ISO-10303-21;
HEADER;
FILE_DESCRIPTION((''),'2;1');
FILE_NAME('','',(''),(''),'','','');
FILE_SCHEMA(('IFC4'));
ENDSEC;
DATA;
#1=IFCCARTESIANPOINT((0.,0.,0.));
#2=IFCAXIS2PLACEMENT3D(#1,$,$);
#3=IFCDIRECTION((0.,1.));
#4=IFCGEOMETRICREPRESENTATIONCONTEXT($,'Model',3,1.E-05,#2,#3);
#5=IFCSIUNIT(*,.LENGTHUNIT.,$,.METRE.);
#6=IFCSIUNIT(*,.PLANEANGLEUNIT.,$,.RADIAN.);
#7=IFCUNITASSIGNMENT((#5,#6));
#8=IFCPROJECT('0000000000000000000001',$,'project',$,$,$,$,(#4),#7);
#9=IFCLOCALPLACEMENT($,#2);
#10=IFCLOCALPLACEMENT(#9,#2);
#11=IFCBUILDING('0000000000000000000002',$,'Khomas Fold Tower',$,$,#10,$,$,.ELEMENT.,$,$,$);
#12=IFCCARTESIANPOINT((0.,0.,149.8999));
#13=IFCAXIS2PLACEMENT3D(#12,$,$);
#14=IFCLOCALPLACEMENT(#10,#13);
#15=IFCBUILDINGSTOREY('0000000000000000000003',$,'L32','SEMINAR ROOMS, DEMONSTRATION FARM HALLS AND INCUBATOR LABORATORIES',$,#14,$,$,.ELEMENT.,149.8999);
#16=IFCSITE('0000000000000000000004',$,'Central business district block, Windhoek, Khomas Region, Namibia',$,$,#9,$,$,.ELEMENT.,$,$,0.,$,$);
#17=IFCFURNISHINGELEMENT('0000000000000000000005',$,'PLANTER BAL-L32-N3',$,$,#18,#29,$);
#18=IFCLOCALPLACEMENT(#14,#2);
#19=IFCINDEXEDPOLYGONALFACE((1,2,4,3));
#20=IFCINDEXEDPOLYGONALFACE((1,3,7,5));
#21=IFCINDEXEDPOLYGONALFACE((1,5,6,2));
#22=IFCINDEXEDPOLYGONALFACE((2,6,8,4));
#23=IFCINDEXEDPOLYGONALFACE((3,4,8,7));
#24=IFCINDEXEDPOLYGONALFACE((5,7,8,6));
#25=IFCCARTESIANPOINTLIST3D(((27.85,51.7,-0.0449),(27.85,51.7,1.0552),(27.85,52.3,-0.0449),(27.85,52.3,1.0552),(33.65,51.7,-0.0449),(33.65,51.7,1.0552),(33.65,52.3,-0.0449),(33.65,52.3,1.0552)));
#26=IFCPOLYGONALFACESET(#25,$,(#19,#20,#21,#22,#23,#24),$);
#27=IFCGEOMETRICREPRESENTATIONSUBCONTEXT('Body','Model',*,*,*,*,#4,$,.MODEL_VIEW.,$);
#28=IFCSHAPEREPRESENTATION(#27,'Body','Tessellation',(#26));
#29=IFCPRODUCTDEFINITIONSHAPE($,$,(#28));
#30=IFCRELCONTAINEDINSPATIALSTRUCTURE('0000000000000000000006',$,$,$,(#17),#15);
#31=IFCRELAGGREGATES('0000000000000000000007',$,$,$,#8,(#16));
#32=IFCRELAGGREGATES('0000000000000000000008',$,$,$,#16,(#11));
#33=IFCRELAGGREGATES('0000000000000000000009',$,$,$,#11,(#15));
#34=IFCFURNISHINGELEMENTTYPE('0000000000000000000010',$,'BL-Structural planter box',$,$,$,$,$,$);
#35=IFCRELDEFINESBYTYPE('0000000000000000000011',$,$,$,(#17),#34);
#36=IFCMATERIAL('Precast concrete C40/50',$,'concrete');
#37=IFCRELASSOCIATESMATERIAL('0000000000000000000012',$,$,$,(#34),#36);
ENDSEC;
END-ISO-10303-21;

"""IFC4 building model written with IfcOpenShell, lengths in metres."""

from ifc_helpers import new_model, si_unit, direction, frame, origin, origin_2d, place, context, subcontext, project, spatial, rectangle, extrude, source, transform, mapped, material, type_object, element, save


model = new_model("IFC4")

# Units and contexts
model_context = context("Model", 3, precision=1e-05, world=origin(), true_north=direction((0.0, 1.0)))
body_context = subcontext(model_context, "Body", "Model", "MODEL_VIEW")
ifc_project = project(units=[si_unit("LENGTHUNIT", "METRE"), si_unit("PLANEANGLEUNIT", "RADIAN")], contexts=[model_context])

# Site, building, storey
site_placement = place(None, origin())
site = spatial("IfcSite", under=ifc_project, at=site_placement, Name="Central business district block, Windhoek, Khomas Region, Namibia", CompositionType="ELEMENT", RefElevation=0.0)
building_placement = place(site_placement, origin())
building = spatial("IfcBuilding", under=site, at=building_placement, Name="Khomas Fold Tower", CompositionType="ELEMENT")
storey_placement = place(building_placement, frame((0.0, 0.0, 149.8999)))
storey = spatial("IfcBuildingStorey", under=building, at=storey_placement, Name="L32", Description="SEMINAR ROOMS, DEMONSTRATION FARM HALLS AND INCUBATOR LABORATORIES", CompositionType="ELEMENT", Elevation=149.8999)

# Furnishing element
ifc_material_1 = material(Name="Precast concrete C40/50", Category="concrete")
furnishing_element_type_1 = type_object("IfcFurnishingElementType", Name="BL-Structural planter box", material=ifc_material_1)
shared_shape_1 = source(origin(), body_context, "Body", "SweptSolid", [
    extrude(rectangle(XDim=5.8, YDim=0.6001, at=origin_2d()), origin(), (0.0, 0.0, 1.0), 1.1001),
])
furnishing_1_placement = place(storey_placement, frame((30.75, 52.0, -0.0449), z_axis=(0.0, 0.0, 1.0), x_axis=(1.0, 0.0, 0.0)))
element("IfcFurnishingElement", 1, at=furnishing_1_placement, inside=storey, type_object=furnishing_element_type_1, Name="PLANTER BAL-L32-N3", context=body_context, shape_type="MappedRepresentation", body=[
    mapped(shared_shape_1, transform((0.0, 0.0, 0.0))),
])

save(model, "model.ifc")
